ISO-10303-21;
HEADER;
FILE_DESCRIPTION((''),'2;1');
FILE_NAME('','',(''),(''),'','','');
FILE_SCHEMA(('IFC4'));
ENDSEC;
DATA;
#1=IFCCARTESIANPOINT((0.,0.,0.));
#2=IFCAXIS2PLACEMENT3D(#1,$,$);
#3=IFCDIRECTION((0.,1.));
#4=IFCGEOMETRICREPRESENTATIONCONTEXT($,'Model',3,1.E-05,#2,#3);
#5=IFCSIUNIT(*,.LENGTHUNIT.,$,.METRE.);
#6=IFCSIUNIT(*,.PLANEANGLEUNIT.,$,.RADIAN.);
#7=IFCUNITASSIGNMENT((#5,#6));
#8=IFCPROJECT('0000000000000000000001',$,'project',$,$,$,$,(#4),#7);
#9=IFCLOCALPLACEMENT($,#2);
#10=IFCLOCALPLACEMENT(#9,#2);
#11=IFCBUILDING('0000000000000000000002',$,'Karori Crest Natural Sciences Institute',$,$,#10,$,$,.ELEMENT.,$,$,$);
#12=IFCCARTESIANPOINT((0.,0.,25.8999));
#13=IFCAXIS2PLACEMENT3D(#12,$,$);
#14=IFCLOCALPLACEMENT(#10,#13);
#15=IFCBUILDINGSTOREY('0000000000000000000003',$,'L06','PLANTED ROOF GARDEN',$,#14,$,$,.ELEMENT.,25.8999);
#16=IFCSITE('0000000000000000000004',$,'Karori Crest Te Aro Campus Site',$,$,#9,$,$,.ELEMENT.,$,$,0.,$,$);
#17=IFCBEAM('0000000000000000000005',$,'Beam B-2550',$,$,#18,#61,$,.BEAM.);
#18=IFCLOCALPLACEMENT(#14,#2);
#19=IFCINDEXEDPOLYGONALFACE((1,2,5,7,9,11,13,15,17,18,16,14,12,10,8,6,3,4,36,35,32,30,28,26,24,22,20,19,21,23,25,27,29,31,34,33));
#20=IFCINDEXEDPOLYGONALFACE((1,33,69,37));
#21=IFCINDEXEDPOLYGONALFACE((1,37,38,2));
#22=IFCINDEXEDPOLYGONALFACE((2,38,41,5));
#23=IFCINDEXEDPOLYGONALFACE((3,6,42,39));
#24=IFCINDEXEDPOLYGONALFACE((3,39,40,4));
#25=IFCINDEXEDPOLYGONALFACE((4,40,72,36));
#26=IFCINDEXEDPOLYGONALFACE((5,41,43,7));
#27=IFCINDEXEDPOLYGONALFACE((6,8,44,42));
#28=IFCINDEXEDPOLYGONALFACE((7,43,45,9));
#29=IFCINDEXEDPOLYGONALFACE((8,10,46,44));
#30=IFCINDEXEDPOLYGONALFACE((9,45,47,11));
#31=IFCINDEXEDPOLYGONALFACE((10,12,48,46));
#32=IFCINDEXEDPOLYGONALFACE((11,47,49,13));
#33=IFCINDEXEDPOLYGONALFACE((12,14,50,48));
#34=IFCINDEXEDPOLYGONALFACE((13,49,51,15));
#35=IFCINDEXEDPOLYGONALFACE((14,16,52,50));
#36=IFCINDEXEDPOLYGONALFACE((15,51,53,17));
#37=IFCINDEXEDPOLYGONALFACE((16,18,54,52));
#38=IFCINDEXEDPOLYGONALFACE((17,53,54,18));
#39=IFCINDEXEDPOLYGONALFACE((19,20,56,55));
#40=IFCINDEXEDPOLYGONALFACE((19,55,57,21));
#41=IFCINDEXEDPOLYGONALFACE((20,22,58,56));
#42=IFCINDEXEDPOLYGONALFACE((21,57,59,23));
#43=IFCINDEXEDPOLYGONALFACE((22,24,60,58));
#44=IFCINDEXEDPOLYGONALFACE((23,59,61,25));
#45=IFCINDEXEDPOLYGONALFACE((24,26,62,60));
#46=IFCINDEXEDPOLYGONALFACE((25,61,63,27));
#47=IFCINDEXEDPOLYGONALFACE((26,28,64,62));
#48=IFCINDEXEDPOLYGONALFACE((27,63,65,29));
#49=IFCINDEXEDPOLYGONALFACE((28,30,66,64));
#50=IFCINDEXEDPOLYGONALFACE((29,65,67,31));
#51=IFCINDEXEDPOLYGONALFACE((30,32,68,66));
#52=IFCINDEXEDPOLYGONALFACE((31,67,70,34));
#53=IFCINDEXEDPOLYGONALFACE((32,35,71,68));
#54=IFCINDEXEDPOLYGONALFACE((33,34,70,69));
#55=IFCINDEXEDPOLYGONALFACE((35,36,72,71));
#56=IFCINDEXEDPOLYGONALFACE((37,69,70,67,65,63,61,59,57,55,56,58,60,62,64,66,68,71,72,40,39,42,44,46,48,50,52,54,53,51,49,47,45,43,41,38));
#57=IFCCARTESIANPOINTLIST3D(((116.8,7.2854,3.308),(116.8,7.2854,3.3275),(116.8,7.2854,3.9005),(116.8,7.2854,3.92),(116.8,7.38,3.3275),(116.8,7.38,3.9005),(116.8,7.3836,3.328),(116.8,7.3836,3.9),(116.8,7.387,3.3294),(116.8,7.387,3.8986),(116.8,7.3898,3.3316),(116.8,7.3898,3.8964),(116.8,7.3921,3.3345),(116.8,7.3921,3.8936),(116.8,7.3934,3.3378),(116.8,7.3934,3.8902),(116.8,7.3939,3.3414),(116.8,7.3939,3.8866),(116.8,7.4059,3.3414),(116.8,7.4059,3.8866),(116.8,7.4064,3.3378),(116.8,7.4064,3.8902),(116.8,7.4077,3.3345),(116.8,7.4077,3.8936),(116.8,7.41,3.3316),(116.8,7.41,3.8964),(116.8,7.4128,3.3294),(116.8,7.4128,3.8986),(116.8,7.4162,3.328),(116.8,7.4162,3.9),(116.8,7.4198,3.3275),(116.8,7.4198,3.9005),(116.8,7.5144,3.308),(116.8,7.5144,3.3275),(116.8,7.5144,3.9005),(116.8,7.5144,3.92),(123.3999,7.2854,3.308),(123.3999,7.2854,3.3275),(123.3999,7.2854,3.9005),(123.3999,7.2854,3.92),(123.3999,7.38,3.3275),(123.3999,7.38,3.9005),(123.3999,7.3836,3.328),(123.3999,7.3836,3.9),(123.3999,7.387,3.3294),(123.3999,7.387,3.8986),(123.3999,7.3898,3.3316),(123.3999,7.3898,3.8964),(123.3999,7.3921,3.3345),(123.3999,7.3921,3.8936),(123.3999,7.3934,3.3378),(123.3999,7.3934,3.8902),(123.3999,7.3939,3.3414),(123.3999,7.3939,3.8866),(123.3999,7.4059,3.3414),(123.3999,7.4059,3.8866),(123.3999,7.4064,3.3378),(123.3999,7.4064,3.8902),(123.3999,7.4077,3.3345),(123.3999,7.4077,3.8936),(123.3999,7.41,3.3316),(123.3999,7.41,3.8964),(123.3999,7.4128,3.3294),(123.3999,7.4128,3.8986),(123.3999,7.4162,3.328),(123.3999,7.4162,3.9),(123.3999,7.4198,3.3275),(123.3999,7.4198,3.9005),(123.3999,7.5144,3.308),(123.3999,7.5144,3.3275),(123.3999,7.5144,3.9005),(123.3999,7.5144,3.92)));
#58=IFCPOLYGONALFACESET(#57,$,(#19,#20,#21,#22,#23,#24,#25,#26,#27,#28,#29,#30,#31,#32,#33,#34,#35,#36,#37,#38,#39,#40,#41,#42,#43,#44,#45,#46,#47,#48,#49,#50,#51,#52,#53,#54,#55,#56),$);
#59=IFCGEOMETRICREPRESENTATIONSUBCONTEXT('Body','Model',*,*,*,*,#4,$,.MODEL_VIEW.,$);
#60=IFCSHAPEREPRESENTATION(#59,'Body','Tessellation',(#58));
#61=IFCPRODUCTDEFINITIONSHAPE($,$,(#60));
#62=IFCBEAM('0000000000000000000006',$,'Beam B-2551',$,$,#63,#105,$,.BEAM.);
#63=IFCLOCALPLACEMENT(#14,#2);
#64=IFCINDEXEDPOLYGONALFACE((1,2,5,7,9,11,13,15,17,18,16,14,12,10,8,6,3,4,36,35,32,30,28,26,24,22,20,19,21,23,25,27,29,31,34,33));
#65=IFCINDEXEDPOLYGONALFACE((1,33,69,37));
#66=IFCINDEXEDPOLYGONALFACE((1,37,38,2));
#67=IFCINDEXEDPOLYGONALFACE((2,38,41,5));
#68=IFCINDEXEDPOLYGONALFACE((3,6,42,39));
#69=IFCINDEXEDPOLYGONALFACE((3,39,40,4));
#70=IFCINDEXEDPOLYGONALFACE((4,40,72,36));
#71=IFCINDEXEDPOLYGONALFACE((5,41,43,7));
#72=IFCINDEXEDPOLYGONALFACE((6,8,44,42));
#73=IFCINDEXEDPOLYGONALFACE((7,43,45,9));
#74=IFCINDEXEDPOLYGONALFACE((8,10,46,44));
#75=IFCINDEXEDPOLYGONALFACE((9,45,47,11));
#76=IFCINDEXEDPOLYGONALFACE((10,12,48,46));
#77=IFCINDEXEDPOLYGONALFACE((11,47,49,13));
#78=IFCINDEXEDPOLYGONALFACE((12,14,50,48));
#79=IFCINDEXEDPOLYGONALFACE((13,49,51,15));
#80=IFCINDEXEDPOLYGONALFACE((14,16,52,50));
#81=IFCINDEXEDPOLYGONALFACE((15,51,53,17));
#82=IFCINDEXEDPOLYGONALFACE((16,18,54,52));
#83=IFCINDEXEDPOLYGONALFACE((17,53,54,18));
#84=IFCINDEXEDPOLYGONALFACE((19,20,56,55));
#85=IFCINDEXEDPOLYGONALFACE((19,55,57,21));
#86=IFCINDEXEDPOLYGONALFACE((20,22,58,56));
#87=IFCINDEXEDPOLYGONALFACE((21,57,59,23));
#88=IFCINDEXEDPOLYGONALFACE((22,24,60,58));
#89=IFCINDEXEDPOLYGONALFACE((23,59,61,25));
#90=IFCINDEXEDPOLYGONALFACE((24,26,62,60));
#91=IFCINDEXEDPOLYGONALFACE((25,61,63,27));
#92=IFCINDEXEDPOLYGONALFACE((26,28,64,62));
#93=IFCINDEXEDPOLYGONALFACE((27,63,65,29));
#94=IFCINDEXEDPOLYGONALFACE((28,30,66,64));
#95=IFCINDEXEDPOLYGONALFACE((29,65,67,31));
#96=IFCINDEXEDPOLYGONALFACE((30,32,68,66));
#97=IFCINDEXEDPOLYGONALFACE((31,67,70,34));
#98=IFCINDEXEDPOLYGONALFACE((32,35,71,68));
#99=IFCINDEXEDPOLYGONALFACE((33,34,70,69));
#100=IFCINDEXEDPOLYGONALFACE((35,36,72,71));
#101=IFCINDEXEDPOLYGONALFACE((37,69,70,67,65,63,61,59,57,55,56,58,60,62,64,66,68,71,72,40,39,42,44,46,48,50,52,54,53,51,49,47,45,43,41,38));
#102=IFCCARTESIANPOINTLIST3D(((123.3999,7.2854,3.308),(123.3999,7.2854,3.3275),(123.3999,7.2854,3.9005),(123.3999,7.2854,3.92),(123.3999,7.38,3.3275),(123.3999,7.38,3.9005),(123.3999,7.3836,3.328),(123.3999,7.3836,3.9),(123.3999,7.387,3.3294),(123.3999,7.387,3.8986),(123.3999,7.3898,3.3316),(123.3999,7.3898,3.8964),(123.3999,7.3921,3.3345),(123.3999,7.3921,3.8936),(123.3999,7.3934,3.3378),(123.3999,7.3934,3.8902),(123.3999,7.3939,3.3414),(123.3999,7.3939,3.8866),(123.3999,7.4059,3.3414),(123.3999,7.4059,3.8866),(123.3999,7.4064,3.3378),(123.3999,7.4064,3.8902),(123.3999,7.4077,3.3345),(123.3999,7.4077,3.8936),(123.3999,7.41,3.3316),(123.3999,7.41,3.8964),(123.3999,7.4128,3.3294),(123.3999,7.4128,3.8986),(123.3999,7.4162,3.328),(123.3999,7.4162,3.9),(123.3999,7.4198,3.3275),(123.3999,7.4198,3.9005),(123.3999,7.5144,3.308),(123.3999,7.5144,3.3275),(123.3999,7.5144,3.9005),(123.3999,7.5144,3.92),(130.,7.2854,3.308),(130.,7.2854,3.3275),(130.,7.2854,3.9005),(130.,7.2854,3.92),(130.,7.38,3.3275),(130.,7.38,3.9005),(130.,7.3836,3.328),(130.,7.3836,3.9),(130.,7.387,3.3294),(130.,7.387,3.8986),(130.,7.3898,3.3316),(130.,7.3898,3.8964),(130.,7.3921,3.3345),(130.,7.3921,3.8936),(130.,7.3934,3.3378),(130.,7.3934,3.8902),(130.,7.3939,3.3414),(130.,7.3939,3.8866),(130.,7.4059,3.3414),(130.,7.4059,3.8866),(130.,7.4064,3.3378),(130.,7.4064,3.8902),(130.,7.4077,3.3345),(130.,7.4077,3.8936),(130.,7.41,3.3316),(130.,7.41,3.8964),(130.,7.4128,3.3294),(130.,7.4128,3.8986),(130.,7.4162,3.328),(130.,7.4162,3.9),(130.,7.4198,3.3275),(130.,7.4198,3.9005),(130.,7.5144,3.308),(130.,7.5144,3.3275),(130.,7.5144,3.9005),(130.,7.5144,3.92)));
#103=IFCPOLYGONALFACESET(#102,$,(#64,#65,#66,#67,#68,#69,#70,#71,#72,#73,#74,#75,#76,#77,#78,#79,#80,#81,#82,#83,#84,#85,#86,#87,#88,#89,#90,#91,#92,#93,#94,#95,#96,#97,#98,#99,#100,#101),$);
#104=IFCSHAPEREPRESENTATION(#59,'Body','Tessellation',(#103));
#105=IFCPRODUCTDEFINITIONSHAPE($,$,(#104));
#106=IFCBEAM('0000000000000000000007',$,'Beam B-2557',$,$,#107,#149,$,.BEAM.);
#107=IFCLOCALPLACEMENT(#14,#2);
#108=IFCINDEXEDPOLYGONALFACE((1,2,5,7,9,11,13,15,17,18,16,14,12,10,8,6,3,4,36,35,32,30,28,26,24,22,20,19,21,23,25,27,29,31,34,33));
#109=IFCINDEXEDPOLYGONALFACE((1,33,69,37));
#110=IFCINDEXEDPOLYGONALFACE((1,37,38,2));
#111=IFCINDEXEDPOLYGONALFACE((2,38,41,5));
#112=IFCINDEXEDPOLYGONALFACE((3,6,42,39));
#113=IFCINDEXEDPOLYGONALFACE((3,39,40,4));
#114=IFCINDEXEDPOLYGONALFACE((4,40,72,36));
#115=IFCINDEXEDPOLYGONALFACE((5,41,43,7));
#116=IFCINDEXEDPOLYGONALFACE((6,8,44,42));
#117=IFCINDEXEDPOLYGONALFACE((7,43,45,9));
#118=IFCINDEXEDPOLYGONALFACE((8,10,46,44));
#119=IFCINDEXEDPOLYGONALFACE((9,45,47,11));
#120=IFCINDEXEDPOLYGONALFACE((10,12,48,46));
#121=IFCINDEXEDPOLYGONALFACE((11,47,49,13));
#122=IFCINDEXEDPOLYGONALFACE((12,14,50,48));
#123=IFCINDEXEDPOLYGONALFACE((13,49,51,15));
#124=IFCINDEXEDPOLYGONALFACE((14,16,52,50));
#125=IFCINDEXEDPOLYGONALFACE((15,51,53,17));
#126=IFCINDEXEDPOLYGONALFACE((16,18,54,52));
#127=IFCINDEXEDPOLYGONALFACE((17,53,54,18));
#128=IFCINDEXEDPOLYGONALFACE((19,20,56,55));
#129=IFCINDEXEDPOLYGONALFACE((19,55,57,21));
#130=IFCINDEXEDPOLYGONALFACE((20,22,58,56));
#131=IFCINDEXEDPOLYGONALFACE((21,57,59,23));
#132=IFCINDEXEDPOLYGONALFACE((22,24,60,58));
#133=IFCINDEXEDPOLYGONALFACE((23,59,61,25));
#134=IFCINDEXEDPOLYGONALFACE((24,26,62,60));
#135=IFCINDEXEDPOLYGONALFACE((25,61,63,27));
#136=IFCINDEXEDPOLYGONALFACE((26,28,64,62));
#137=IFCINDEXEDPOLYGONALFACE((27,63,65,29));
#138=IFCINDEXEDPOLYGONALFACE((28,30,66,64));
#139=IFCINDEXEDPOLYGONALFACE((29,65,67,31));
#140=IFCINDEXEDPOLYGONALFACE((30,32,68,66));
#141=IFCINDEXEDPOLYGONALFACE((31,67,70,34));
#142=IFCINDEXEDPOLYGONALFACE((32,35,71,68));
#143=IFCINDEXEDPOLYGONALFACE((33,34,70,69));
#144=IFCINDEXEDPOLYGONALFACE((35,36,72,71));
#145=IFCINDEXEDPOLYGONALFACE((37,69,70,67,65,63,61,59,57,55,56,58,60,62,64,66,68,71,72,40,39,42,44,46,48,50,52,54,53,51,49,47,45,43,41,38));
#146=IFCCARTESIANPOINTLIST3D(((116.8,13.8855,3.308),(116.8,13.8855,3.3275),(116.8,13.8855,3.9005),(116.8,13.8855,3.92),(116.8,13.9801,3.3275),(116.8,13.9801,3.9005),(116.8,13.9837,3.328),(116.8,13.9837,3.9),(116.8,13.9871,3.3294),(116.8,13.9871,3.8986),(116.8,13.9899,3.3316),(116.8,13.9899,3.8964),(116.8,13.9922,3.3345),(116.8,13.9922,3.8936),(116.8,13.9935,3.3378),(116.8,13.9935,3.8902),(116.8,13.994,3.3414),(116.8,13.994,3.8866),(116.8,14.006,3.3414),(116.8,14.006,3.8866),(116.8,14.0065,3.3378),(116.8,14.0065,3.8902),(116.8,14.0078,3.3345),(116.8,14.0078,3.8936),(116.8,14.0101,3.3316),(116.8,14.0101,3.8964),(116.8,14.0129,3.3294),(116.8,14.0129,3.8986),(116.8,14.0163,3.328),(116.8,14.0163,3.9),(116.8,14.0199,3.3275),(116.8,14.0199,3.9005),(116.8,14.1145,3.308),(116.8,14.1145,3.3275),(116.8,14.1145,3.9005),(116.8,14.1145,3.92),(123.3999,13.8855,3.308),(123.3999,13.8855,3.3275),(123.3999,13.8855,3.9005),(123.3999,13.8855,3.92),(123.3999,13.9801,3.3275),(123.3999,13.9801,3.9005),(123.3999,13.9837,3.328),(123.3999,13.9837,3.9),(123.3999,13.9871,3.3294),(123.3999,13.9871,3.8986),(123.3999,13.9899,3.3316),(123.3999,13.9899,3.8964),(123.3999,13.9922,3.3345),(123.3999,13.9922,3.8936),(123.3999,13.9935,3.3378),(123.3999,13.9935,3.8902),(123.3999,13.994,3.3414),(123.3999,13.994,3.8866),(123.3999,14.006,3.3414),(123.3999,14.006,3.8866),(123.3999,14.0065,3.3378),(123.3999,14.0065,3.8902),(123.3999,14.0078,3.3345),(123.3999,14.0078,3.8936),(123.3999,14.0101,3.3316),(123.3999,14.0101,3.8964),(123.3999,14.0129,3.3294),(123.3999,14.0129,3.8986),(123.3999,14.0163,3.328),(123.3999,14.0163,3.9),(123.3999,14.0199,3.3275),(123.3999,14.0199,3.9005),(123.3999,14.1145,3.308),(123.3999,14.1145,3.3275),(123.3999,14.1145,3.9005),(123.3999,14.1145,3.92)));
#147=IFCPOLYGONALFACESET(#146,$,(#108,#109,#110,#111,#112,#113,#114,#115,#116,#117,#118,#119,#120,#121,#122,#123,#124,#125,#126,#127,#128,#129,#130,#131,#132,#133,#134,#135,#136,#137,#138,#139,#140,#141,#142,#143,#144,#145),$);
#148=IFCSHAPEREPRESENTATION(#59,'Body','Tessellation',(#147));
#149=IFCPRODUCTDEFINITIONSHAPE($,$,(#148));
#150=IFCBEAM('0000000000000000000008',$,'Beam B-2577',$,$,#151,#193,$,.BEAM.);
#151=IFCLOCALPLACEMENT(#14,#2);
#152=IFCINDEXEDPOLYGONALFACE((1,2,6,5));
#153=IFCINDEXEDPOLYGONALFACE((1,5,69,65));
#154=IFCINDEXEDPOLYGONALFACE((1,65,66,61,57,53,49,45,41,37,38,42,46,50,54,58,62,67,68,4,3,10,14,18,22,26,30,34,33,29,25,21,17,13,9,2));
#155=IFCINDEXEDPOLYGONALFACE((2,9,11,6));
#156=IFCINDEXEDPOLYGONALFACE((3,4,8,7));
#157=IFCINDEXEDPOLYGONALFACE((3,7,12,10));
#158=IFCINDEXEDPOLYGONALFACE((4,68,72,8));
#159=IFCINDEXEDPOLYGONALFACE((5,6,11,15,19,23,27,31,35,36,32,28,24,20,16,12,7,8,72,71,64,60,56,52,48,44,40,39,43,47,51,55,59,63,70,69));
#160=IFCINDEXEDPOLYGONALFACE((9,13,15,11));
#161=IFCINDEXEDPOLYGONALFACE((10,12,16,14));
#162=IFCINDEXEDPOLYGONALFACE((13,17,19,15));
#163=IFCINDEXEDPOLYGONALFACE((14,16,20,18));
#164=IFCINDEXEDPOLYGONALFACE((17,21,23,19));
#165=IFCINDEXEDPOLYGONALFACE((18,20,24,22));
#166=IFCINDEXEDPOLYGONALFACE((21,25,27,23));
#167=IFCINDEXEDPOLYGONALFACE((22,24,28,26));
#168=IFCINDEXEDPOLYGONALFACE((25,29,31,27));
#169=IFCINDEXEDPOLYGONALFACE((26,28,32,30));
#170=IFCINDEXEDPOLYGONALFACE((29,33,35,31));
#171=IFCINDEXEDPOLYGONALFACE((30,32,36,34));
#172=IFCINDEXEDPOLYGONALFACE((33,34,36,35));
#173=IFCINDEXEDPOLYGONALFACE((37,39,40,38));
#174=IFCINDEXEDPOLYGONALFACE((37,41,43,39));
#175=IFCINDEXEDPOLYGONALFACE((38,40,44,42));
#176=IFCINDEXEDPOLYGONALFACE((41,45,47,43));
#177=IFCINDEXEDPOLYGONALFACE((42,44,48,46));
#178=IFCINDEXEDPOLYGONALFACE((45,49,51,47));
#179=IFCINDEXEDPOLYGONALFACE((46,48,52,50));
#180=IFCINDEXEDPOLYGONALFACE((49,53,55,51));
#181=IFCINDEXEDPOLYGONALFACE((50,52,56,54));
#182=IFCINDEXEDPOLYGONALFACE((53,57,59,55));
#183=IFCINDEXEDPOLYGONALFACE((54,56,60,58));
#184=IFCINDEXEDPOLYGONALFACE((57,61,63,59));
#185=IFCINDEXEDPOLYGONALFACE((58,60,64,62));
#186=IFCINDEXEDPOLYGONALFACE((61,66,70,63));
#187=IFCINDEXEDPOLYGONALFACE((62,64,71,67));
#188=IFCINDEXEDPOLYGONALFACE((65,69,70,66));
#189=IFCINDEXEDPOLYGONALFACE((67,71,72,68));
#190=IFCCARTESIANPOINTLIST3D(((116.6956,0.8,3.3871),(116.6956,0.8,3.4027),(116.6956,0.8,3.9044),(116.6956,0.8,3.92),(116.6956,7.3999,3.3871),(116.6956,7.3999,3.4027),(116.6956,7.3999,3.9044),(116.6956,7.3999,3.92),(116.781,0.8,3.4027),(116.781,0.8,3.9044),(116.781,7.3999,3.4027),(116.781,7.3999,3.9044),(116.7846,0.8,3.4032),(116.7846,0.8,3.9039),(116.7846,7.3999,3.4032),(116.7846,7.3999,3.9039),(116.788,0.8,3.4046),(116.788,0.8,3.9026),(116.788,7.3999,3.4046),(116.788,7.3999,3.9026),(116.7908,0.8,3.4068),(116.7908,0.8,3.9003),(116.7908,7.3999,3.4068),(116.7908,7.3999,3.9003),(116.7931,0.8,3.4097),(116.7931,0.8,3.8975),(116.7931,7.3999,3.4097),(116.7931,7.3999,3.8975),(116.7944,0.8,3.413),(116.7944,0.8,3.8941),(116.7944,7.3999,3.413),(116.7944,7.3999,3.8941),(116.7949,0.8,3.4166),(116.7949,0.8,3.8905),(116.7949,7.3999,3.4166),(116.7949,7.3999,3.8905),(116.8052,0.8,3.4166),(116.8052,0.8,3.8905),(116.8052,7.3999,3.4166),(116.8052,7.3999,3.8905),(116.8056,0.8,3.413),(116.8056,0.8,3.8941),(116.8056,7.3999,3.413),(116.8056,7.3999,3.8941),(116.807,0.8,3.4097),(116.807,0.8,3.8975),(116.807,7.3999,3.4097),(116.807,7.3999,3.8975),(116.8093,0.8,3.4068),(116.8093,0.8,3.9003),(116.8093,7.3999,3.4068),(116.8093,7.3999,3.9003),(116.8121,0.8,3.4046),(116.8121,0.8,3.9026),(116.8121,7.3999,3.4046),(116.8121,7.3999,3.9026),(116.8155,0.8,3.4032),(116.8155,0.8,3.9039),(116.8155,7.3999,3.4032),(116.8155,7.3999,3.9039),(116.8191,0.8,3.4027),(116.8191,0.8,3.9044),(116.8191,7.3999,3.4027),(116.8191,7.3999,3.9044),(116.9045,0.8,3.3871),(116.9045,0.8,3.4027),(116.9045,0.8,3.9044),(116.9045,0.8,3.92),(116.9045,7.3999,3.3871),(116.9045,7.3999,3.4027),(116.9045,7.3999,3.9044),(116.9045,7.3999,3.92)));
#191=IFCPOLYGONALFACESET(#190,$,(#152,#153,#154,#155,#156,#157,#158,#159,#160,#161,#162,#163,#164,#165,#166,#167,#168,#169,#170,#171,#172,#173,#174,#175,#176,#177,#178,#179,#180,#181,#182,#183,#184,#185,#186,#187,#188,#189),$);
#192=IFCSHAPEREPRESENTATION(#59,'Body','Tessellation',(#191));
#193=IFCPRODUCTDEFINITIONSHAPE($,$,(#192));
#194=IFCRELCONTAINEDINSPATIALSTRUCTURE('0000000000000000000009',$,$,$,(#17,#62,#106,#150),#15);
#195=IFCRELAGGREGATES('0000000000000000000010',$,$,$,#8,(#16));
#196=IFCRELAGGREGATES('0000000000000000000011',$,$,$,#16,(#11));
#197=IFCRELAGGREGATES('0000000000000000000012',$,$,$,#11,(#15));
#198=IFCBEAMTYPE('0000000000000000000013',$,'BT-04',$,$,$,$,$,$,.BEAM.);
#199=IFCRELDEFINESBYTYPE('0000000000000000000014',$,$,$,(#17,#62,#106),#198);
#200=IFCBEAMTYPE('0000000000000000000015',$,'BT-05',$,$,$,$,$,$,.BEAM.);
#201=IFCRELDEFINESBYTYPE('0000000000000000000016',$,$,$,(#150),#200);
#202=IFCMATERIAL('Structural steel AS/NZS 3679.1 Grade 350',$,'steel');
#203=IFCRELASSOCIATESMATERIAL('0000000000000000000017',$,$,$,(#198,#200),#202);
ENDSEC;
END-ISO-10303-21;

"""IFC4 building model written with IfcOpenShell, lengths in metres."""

from ifc_helpers import new_model, si_unit, direction, frame, origin, origin_2d, place, context, subcontext, project, spatial, i_section, extrude, material, material_profile, profile_set, type_object, element, save


model = new_model("IFC4")

# Units and contexts
model_context = context("Model", 3, precision=1e-05, world=origin(), true_north=direction((0.0, 1.0)))
body_context = subcontext(model_context, "Body", "Model", "MODEL_VIEW")
ifc_project = project(units=[si_unit("LENGTHUNIT", "METRE"), si_unit("PLANEANGLEUNIT", "RADIAN")], contexts=[model_context])

# Site, building, storey
site_placement = place(None, origin())
site = spatial("IfcSite", under=ifc_project, at=site_placement, Name="Karori Crest Te Aro Campus Site", CompositionType="ELEMENT", RefElevation=0.0)
building_placement = place(site_placement, origin())
building = spatial("IfcBuilding", under=site, at=building_placement, Name="Karori Crest Natural Sciences Institute", CompositionType="ELEMENT")
storey_placement = place(building_placement, frame((0.0, 0.0, 25.8999)))
storey = spatial("IfcBuildingStorey", under=building, at=storey_placement, Name="L06", Description="PLANTED ROOF GARDEN", CompositionType="ELEMENT", Elevation=25.8999)

# Shared definitions
ifc_material_1 = material(Name="Structural steel AS/NZS 3679.1 Grade 350", Category="steel")

# Beams
ifc_material_profile_1 = material_profile(ifc_material_1, i_section(OverallWidth=0.229, OverallDepth=0.6121, WebThickness=0.012, FlangeThickness=0.0195, FilletRadius=0.0139, at=origin_2d()), Name="610UB125")
ifc_profile_set_1 = profile_set([ifc_material_profile_1], Name="Structural steel AS/NZS 3679.1 Grade 350")
beam_type_1 = type_object("IfcBeamType", Name="BT-04", PredefinedType="BEAM", material=ifc_profile_set_1)
beam_1_placement = place(storey_placement, frame((116.8, 7.3999, 3.614), z_axis=(1.0, 0.0, 0.0), x_axis=(0.0, 1.0, 0.0)))
element("IfcBeam", 1, at=beam_1_placement, inside=storey, type_object=beam_type_1, Name="Beam B-2550", PredefinedType="BEAM", context=body_context, shape_type="SweptSolid", body=[
    extrude(i_section(OverallWidth=0.229, OverallDepth=0.6121, WebThickness=0.012, FlangeThickness=0.0195, FilletRadius=0.0139, at=origin_2d()), origin(), (0.0, 0.0, 1.0), 6.5999),
])
beam_2_placement = place(storey_placement, frame((123.3999, 7.3999, 3.614), z_axis=(1.0, 0.0, 0.0), x_axis=(0.0, 1.0, 0.0)))
element("IfcBeam", 2, at=beam_2_placement, inside=storey, type_object=beam_type_1, Name="Beam B-2551", PredefinedType="BEAM", context=body_context, shape_type="SweptSolid", body=[
    extrude(i_section(OverallWidth=0.229, OverallDepth=0.6121, WebThickness=0.012, FlangeThickness=0.0195, FilletRadius=0.0139, at=origin_2d()), origin(), (0.0, 0.0, 1.0), 6.6001),
])
beam_3_placement = place(storey_placement, frame((116.8, 14.0, 3.614), z_axis=(1.0, 0.0, 0.0), x_axis=(0.0, 1.0, 0.0)))
element("IfcBeam", 3, at=beam_3_placement, inside=storey, type_object=beam_type_1, Name="Beam B-2557", PredefinedType="BEAM", context=body_context, shape_type="SweptSolid", body=[
    extrude(i_section(OverallWidth=0.229, OverallDepth=0.6121, WebThickness=0.012, FlangeThickness=0.0195, FilletRadius=0.0139, at=origin_2d()), origin(), (0.0, 0.0, 1.0), 6.5999),
])
ifc_material_profile_2 = material_profile(ifc_material_1, i_section(OverallWidth=0.209, OverallDepth=0.533, WebThickness=0.0103, FlangeThickness=0.0156, FilletRadius=0.0139, at=origin_2d()), Name="530UB92.4")
ifc_profile_set_2 = profile_set([ifc_material_profile_2], Name="Structural steel AS/NZS 3679.1 Grade 350")
beam_type_2 = type_object("IfcBeamType", Name="BT-05", PredefinedType="BEAM", material=ifc_profile_set_2)
beam_4_placement = place(storey_placement, frame((116.8, 0.8, 3.6536), z_axis=(0.0, 1.0, 0.0), x_axis=(-1.0, 0.0, 0.0)))
element("IfcBeam", 4, at=beam_4_placement, inside=storey, type_object=beam_type_2, Name="Beam B-2577", PredefinedType="BEAM", context=body_context, shape_type="SweptSolid", body=[
    extrude(i_section(OverallWidth=0.209, OverallDepth=0.533, WebThickness=0.0103, FlangeThickness=0.0156, FilletRadius=0.0139, at=origin_2d()), origin(), (0.0, 0.0, 1.0), 6.5999),
])

save(model, "model.ifc")
